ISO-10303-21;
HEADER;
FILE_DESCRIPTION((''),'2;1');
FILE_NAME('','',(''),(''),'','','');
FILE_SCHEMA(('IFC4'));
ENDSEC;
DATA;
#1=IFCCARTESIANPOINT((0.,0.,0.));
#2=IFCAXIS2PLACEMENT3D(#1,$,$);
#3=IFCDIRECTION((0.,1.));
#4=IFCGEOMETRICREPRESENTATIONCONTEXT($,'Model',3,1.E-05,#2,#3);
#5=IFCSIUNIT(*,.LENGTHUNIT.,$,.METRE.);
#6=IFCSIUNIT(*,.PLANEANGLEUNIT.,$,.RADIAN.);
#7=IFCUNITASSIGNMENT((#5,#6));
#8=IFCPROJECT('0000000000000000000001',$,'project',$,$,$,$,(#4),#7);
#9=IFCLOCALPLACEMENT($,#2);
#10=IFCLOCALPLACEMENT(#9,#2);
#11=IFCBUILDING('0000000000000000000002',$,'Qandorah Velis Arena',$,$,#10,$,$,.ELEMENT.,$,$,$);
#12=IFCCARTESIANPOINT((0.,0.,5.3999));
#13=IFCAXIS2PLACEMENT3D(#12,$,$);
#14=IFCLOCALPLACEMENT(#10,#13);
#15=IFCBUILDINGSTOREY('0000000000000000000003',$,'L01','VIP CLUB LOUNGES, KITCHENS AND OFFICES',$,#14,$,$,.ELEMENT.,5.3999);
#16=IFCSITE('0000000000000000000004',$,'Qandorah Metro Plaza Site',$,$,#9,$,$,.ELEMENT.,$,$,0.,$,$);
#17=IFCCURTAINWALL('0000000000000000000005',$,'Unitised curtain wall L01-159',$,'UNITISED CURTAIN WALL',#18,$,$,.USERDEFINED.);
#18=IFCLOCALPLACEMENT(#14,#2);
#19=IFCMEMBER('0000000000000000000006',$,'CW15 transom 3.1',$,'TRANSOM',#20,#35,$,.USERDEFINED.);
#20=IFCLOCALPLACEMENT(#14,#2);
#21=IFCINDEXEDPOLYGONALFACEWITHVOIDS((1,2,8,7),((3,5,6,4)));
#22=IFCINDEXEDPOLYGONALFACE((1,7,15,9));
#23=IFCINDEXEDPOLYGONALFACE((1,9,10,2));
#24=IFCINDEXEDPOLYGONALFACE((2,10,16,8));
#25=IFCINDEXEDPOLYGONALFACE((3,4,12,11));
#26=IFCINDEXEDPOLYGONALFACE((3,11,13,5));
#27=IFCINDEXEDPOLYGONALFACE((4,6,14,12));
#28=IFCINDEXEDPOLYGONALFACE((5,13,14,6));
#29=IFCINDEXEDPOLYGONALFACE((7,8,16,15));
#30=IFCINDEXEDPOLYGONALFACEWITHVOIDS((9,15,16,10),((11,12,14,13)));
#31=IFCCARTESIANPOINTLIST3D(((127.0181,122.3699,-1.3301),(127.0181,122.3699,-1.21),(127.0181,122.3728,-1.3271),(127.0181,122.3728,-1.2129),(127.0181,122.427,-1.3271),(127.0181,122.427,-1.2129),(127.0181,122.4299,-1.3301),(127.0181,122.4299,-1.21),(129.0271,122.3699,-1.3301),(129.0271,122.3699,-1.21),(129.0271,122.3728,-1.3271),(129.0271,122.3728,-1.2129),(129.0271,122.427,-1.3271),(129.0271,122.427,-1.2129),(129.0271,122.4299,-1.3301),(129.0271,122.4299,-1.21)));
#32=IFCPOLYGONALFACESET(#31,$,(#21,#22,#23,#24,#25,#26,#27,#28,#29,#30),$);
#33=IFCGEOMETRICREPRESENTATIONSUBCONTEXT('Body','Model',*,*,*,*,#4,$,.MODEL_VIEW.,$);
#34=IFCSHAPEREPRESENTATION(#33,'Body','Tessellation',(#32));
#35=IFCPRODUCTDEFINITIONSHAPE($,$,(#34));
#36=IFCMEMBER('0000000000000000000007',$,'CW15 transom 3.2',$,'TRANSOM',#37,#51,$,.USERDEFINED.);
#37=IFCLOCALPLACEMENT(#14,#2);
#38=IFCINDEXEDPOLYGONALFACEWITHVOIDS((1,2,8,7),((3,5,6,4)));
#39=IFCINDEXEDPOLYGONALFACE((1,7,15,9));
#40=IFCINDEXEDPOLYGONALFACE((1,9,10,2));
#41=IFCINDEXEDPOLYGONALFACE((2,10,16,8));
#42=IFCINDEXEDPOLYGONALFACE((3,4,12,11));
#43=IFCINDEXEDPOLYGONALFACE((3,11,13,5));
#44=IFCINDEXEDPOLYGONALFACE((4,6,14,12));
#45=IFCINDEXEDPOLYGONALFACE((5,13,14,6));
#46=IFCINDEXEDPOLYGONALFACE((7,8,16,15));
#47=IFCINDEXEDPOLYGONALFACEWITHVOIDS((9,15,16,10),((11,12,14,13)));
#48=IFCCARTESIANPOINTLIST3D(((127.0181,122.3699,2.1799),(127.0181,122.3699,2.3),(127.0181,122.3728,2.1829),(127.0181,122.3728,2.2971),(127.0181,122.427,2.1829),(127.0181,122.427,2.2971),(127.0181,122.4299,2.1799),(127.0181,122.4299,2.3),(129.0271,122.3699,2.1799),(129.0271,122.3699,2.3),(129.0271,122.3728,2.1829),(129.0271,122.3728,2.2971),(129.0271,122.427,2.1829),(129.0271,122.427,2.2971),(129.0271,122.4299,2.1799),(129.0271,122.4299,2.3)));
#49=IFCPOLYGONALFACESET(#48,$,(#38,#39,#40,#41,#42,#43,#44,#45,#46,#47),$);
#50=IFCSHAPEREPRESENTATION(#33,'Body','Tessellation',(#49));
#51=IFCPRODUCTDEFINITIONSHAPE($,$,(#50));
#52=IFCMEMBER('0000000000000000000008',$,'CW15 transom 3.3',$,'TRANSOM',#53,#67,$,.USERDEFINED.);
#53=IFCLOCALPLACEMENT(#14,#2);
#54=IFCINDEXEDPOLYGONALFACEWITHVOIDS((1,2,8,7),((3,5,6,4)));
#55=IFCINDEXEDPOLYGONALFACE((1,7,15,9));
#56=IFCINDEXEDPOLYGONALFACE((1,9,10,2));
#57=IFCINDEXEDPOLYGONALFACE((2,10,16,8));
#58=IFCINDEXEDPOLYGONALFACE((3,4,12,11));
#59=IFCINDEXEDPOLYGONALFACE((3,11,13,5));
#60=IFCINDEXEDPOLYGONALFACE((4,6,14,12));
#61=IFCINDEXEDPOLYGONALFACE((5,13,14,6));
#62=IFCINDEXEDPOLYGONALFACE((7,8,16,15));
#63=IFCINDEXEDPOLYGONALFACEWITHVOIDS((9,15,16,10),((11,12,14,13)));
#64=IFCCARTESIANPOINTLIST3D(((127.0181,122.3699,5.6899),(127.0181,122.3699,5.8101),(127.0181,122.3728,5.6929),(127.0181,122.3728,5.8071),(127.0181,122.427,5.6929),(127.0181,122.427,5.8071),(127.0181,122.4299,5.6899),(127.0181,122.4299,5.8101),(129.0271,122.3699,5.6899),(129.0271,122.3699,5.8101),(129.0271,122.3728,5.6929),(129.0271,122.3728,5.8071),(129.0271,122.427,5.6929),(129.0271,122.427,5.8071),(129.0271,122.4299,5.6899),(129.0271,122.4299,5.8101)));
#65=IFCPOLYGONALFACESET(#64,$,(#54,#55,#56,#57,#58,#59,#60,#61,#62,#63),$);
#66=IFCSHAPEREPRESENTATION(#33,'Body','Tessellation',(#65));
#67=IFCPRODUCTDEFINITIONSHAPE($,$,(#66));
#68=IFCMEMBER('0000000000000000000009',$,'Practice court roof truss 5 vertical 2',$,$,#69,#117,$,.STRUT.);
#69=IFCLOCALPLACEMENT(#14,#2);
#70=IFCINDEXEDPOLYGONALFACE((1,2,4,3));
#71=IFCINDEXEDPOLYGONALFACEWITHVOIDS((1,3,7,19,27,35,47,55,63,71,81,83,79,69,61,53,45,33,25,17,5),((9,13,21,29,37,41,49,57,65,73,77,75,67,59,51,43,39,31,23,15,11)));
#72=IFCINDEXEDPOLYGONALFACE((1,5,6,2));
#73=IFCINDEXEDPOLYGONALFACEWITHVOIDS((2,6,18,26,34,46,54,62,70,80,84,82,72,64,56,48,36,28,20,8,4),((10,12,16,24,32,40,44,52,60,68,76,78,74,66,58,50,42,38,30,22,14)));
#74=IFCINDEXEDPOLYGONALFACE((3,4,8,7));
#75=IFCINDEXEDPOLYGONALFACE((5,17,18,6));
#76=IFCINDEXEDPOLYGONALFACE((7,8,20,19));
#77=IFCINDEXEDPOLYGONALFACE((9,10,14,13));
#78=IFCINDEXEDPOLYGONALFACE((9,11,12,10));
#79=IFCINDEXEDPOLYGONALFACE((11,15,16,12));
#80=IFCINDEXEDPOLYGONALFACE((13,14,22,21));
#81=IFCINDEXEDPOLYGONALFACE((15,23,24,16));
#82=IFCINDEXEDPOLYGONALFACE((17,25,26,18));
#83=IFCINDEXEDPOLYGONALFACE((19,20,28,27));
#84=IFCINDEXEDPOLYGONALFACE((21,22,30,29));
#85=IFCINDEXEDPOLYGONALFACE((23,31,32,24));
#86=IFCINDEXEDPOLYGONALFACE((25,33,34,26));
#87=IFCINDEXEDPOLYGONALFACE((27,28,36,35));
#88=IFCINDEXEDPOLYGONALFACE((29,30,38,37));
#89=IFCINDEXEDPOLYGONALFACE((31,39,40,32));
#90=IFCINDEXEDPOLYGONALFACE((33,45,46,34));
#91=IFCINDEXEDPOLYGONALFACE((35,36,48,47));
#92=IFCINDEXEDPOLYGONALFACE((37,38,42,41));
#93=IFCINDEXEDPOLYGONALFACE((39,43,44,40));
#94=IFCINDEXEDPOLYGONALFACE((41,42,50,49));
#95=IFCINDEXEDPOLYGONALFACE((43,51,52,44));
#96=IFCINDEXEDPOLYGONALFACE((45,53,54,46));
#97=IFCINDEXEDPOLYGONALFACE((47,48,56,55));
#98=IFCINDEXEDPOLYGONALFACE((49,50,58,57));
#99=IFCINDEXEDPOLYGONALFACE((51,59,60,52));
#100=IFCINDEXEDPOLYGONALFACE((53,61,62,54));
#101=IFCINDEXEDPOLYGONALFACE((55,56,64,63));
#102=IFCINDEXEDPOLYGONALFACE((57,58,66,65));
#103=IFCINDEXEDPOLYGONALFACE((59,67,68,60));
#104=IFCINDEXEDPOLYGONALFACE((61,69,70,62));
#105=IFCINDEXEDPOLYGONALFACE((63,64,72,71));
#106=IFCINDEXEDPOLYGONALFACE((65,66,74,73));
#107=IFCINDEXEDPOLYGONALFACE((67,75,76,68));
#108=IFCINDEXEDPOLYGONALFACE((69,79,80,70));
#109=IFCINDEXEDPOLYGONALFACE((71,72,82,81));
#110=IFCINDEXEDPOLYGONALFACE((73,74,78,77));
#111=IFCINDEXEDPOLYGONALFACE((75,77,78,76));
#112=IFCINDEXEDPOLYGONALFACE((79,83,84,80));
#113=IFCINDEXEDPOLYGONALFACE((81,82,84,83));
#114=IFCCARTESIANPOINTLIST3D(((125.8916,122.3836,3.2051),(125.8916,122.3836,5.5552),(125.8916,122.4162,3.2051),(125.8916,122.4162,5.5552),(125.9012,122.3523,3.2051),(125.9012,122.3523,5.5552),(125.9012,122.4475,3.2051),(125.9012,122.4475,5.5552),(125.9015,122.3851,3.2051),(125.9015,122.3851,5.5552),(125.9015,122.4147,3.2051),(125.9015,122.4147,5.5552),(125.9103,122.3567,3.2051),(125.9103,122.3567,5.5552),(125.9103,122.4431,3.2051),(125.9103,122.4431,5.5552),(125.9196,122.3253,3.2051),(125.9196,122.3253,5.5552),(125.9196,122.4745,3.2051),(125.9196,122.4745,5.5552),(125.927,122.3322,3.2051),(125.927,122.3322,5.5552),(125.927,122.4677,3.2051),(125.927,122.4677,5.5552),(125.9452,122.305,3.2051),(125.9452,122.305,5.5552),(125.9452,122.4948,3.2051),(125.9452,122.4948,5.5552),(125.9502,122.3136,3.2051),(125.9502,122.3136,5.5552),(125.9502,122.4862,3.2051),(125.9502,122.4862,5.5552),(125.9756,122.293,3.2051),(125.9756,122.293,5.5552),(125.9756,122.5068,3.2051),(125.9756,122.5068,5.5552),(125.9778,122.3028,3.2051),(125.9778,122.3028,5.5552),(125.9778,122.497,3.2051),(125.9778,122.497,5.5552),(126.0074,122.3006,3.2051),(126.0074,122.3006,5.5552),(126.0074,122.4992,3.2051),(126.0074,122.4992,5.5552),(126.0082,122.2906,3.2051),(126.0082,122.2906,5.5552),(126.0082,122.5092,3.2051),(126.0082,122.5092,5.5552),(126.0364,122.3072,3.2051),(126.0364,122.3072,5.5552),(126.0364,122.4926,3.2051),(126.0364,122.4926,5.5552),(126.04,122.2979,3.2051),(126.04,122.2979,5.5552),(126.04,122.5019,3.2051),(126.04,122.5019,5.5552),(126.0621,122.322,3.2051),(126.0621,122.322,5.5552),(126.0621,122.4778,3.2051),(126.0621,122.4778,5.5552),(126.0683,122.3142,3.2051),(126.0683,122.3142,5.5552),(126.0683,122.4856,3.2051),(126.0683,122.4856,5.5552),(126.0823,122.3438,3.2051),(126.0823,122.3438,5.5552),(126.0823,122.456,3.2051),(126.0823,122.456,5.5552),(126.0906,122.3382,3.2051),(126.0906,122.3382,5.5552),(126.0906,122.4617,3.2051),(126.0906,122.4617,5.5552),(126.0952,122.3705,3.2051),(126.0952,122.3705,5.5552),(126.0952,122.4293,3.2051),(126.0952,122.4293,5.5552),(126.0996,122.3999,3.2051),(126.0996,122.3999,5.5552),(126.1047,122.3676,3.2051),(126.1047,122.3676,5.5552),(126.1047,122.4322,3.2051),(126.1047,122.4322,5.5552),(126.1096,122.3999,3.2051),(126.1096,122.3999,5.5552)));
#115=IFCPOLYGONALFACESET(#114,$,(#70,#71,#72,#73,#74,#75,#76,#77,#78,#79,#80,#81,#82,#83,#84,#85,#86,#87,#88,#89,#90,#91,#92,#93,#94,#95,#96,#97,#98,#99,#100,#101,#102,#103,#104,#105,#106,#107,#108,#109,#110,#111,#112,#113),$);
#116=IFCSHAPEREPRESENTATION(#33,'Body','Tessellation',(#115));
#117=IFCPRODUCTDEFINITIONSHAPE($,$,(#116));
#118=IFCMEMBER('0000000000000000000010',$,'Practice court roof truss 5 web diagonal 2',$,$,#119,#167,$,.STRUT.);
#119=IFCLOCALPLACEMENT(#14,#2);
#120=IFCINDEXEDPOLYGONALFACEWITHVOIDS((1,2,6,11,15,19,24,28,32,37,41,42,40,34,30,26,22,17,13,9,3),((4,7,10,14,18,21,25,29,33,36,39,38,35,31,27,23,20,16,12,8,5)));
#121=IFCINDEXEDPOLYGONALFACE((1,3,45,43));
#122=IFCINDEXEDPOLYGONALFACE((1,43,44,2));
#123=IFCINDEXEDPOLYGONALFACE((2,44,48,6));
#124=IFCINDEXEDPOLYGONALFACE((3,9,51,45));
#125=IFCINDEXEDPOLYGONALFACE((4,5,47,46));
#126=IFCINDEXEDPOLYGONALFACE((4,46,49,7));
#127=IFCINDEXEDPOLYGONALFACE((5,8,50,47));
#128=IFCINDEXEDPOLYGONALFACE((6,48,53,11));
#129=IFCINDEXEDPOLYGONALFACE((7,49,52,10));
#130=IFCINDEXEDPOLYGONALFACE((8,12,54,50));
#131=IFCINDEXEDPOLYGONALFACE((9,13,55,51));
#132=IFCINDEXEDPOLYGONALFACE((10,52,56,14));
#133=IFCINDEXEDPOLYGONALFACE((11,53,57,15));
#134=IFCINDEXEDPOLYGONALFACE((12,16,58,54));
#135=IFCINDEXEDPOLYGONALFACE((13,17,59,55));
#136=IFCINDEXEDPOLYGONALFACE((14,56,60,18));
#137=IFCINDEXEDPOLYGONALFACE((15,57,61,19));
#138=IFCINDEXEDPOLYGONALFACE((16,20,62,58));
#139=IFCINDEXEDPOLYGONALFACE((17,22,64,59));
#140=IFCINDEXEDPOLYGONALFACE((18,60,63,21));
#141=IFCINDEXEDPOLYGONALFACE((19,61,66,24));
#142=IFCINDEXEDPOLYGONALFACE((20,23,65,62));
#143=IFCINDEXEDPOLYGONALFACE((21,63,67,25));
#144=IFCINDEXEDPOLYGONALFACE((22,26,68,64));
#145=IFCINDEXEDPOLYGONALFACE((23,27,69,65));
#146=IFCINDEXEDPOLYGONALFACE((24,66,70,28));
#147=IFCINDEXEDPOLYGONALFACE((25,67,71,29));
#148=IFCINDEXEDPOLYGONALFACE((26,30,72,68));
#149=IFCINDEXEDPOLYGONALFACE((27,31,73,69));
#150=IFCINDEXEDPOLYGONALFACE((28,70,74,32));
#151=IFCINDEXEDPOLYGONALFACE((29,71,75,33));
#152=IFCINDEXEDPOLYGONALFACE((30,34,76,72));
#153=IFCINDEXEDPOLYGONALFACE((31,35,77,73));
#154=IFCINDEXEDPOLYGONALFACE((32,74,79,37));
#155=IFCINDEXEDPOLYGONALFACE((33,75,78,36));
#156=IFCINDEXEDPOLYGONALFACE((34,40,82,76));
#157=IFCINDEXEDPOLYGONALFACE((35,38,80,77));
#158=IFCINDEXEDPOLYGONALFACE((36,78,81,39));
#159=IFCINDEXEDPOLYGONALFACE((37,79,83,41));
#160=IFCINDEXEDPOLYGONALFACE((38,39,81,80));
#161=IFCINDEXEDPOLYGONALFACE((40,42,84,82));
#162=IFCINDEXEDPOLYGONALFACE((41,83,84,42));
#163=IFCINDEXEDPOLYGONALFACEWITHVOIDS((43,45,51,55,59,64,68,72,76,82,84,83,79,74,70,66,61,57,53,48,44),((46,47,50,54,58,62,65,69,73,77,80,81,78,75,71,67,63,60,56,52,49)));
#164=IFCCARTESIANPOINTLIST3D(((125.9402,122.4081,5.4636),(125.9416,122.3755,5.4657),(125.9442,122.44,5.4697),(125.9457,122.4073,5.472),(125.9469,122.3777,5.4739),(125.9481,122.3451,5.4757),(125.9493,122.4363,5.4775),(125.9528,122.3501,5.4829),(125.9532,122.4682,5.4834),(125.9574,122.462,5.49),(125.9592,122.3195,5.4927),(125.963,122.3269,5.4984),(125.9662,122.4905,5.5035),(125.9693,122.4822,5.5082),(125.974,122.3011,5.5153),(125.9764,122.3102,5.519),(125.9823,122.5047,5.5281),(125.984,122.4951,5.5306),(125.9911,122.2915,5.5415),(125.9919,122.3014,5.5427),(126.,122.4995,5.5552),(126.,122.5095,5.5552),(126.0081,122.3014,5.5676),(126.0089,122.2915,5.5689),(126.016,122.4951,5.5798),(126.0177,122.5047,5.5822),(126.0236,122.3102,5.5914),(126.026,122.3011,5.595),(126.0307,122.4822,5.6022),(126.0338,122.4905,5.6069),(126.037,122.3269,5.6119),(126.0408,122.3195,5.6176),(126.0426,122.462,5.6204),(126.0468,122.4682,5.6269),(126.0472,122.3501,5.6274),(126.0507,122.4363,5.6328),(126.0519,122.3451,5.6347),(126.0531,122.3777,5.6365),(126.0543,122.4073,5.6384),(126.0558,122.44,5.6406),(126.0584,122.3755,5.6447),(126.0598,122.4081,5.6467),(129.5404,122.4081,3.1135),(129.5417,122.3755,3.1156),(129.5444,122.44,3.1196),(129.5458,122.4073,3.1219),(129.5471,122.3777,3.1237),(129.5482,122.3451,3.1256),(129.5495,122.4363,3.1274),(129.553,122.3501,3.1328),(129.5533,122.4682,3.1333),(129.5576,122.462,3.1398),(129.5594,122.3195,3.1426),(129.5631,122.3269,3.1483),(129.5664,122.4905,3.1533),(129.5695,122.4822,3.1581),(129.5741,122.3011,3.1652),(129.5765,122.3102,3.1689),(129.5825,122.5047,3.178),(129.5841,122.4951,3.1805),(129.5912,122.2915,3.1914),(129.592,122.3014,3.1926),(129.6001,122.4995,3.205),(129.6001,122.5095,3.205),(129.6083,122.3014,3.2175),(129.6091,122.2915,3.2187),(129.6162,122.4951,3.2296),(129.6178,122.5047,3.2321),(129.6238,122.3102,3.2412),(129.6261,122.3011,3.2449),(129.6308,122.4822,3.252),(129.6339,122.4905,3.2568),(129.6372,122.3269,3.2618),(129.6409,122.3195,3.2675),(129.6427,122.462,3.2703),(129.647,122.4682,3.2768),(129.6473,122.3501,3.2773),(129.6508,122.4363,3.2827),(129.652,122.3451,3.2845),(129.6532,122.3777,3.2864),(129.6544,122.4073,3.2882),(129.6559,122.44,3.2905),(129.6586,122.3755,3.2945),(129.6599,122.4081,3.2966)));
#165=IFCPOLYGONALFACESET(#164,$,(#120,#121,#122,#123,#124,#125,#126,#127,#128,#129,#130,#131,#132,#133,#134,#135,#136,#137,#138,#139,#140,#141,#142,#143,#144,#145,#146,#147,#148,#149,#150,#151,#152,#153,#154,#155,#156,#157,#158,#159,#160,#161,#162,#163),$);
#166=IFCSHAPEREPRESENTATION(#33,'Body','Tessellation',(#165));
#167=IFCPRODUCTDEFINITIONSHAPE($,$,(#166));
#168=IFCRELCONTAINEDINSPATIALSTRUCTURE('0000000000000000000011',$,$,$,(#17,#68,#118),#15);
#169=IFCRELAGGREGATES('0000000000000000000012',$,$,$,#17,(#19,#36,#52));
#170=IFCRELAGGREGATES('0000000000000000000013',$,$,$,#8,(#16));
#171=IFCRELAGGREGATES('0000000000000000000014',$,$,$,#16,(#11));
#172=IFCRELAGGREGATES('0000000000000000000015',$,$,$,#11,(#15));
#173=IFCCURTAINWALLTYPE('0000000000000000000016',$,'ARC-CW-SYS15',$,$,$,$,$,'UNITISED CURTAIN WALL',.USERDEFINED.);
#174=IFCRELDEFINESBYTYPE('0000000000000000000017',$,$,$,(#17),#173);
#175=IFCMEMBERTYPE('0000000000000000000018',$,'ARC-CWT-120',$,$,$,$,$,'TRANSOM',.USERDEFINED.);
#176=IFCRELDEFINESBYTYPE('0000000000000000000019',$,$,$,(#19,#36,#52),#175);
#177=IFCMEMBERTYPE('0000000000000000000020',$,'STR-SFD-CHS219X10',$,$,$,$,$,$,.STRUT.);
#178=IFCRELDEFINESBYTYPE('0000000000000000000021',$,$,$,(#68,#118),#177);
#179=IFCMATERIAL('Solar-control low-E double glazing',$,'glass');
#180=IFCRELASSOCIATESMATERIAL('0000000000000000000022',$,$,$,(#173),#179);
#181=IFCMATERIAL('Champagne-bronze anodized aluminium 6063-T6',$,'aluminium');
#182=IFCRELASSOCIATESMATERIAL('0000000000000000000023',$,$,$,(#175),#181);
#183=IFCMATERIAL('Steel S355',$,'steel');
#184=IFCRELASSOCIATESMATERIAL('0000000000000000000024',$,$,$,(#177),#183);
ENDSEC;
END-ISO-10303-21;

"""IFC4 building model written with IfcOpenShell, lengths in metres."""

from ifc_helpers import new_model, si_unit, direction, frame, origin, origin_2d, place, context, subcontext, project, spatial, hollow_rectangle, hollow_circle, extrude, material, material_profile, profile_set, type_object, element, aggregate, save


model = new_model("IFC4")

# Units and contexts
model_context = context("Model", 3, precision=1e-05, world=origin(), true_north=direction((0.0, 1.0)))
body_context = subcontext(model_context, "Body", "Model", "MODEL_VIEW")
ifc_project = project(units=[si_unit("LENGTHUNIT", "METRE"), si_unit("PLANEANGLEUNIT", "RADIAN")], contexts=[model_context])

# Site, building, storey
site_placement = place(None, origin())
site = spatial("IfcSite", under=ifc_project, at=site_placement, Name="Qandorah Metro Plaza Site", CompositionType="ELEMENT", RefElevation=0.0)
building_placement = place(site_placement, origin())
building = spatial("IfcBuilding", under=site, at=building_placement, Name="Qandorah Velis Arena", CompositionType="ELEMENT")
storey_placement = place(building_placement, frame((0.0, 0.0, 5.3999)))
storey = spatial("IfcBuildingStorey", under=building, at=storey_placement, Name="L01", Description="VIP CLUB LOUNGES, KITCHENS AND OFFICES", CompositionType="ELEMENT", Elevation=5.3999)

# Curtain wall
ifc_material_1 = material(Name="Solar-control low-E double glazing", Category="glass")
ifc_material_2 = material(Name="Champagne-bronze anodized aluminium 6063-T6", Category="aluminium")
curtain_wall_type_1 = type_object("IfcCurtainWallType", Name="ARC-CW-SYS15", ElementType="UNITISED CURTAIN WALL", PredefinedType="USERDEFINED", material=ifc_material_1)
curtain_wall_1_placement = place(storey_placement, origin())
curtain_wall_1 = element("IfcCurtainWall", 1, at=curtain_wall_1_placement, inside=storey, type_object=curtain_wall_type_1, Name="Unitised curtain wall L01-159", ObjectType="UNITISED CURTAIN WALL", PredefinedType="USERDEFINED")

# Members
ifc_material_profile_1 = material_profile(ifc_material_2, hollow_rectangle(XDim=0.0601, YDim=0.1201, WallThickness=0.0029, at=origin_2d()), Name="ALU TRANSOM 60x120")
ifc_profile_set_1 = profile_set([ifc_material_profile_1], Name="Champagne-bronze anodized aluminium 6063-T6")
member_type_1 = type_object("IfcMemberType", Name="ARC-CWT-120", ElementType="TRANSOM", PredefinedType="USERDEFINED", material=ifc_profile_set_1)
member_1_placement = place(storey_placement, frame((127.0181, 122.3999, -1.27), z_axis=(1.0, 0.0, 0.0), x_axis=(0.0, 1.0, 0.0)))
member_1 = element("IfcMember", 2, at=member_1_placement, type_object=member_type_1, Name="CW15 transom 3.1", ObjectType="TRANSOM", PredefinedType="USERDEFINED", context=body_context, shape_type="SweptSolid", body=[
    extrude(hollow_rectangle(XDim=0.0601, YDim=0.1201, WallThickness=0.0029, at=origin_2d()), origin(), (0.0, 0.0, 1.0), 2.009),
])
member_2_placement = place(storey_placement, frame((127.0181, 122.3999, 2.24), z_axis=(1.0, 0.0, 0.0), x_axis=(0.0, 1.0, 0.0)))
member_2 = element("IfcMember", 3, at=member_2_placement, type_object=member_type_1, Name="CW15 transom 3.2", ObjectType="TRANSOM", PredefinedType="USERDEFINED", context=body_context, shape_type="SweptSolid", body=[
    extrude(hollow_rectangle(XDim=0.0601, YDim=0.1201, WallThickness=0.0029, at=origin_2d()), origin(), (0.0, 0.0, 1.0), 2.009),
])
member_3_placement = place(storey_placement, frame((127.0181, 122.3999, 5.75), z_axis=(1.0, 0.0, 0.0), x_axis=(0.0, 1.0, 0.0)))
member_3 = element("IfcMember", 4, at=member_3_placement, type_object=member_type_1, Name="CW15 transom 3.3", ObjectType="TRANSOM", PredefinedType="USERDEFINED", context=body_context, shape_type="SweptSolid", body=[
    extrude(hollow_rectangle(XDim=0.0601, YDim=0.1201, WallThickness=0.0029, at=origin_2d()), origin(), (0.0, 0.0, 1.0), 2.009),
])

# Members
ifc_material_3 = material(Name="Steel S355", Category="steel")
ifc_material_profile_2 = material_profile(ifc_material_3, hollow_circle(Radius=0.1096, WallThickness=0.01, at=origin_2d()), Name="CHS 219.1x10")
ifc_profile_set_2 = profile_set([ifc_material_profile_2], Name="Steel S355")
member_type_2 = type_object("IfcMemberType", Name="STR-SFD-CHS219X10", PredefinedType="STRUT", material=ifc_profile_set_2)
member_4_placement = place(storey_placement, frame((126.0, 122.3999, 3.2051), z_axis=(0.0, 0.0, 1.0), x_axis=(1.0, 0.0, 0.0)))
element("IfcMember", 5, at=member_4_placement, inside=storey, type_object=member_type_2, Name="Practice court roof truss 5 vertical 2", PredefinedType="STRUT", context=body_context, shape_type="SweptSolid", body=[
    extrude(hollow_circle(Radius=0.1096, WallThickness=0.01, at=origin_2d()), origin(), (0.0, 0.0, 1.0), 2.3501),
])
member_5_placement = place(storey_placement, frame((126.0, 122.3999, 5.5552), z_axis=(0.837376, 0.0, -0.546628), x_axis=(0.0, 1.0, 0.0)))
element("IfcMember", 6, at=member_5_placement, inside=storey, type_object=member_type_2, Name="Practice court roof truss 5 web diagonal 2", PredefinedType="STRUT", context=body_context, shape_type="SweptSolid", body=[
    extrude(hollow_circle(Radius=0.1096, WallThickness=0.01, at=origin_2d()), origin(), (0.0, 0.0, 1.0), 4.2993),
])

aggregate(curtain_wall_1, [member_1, member_2, member_3])

save(model, "model.ifc")
